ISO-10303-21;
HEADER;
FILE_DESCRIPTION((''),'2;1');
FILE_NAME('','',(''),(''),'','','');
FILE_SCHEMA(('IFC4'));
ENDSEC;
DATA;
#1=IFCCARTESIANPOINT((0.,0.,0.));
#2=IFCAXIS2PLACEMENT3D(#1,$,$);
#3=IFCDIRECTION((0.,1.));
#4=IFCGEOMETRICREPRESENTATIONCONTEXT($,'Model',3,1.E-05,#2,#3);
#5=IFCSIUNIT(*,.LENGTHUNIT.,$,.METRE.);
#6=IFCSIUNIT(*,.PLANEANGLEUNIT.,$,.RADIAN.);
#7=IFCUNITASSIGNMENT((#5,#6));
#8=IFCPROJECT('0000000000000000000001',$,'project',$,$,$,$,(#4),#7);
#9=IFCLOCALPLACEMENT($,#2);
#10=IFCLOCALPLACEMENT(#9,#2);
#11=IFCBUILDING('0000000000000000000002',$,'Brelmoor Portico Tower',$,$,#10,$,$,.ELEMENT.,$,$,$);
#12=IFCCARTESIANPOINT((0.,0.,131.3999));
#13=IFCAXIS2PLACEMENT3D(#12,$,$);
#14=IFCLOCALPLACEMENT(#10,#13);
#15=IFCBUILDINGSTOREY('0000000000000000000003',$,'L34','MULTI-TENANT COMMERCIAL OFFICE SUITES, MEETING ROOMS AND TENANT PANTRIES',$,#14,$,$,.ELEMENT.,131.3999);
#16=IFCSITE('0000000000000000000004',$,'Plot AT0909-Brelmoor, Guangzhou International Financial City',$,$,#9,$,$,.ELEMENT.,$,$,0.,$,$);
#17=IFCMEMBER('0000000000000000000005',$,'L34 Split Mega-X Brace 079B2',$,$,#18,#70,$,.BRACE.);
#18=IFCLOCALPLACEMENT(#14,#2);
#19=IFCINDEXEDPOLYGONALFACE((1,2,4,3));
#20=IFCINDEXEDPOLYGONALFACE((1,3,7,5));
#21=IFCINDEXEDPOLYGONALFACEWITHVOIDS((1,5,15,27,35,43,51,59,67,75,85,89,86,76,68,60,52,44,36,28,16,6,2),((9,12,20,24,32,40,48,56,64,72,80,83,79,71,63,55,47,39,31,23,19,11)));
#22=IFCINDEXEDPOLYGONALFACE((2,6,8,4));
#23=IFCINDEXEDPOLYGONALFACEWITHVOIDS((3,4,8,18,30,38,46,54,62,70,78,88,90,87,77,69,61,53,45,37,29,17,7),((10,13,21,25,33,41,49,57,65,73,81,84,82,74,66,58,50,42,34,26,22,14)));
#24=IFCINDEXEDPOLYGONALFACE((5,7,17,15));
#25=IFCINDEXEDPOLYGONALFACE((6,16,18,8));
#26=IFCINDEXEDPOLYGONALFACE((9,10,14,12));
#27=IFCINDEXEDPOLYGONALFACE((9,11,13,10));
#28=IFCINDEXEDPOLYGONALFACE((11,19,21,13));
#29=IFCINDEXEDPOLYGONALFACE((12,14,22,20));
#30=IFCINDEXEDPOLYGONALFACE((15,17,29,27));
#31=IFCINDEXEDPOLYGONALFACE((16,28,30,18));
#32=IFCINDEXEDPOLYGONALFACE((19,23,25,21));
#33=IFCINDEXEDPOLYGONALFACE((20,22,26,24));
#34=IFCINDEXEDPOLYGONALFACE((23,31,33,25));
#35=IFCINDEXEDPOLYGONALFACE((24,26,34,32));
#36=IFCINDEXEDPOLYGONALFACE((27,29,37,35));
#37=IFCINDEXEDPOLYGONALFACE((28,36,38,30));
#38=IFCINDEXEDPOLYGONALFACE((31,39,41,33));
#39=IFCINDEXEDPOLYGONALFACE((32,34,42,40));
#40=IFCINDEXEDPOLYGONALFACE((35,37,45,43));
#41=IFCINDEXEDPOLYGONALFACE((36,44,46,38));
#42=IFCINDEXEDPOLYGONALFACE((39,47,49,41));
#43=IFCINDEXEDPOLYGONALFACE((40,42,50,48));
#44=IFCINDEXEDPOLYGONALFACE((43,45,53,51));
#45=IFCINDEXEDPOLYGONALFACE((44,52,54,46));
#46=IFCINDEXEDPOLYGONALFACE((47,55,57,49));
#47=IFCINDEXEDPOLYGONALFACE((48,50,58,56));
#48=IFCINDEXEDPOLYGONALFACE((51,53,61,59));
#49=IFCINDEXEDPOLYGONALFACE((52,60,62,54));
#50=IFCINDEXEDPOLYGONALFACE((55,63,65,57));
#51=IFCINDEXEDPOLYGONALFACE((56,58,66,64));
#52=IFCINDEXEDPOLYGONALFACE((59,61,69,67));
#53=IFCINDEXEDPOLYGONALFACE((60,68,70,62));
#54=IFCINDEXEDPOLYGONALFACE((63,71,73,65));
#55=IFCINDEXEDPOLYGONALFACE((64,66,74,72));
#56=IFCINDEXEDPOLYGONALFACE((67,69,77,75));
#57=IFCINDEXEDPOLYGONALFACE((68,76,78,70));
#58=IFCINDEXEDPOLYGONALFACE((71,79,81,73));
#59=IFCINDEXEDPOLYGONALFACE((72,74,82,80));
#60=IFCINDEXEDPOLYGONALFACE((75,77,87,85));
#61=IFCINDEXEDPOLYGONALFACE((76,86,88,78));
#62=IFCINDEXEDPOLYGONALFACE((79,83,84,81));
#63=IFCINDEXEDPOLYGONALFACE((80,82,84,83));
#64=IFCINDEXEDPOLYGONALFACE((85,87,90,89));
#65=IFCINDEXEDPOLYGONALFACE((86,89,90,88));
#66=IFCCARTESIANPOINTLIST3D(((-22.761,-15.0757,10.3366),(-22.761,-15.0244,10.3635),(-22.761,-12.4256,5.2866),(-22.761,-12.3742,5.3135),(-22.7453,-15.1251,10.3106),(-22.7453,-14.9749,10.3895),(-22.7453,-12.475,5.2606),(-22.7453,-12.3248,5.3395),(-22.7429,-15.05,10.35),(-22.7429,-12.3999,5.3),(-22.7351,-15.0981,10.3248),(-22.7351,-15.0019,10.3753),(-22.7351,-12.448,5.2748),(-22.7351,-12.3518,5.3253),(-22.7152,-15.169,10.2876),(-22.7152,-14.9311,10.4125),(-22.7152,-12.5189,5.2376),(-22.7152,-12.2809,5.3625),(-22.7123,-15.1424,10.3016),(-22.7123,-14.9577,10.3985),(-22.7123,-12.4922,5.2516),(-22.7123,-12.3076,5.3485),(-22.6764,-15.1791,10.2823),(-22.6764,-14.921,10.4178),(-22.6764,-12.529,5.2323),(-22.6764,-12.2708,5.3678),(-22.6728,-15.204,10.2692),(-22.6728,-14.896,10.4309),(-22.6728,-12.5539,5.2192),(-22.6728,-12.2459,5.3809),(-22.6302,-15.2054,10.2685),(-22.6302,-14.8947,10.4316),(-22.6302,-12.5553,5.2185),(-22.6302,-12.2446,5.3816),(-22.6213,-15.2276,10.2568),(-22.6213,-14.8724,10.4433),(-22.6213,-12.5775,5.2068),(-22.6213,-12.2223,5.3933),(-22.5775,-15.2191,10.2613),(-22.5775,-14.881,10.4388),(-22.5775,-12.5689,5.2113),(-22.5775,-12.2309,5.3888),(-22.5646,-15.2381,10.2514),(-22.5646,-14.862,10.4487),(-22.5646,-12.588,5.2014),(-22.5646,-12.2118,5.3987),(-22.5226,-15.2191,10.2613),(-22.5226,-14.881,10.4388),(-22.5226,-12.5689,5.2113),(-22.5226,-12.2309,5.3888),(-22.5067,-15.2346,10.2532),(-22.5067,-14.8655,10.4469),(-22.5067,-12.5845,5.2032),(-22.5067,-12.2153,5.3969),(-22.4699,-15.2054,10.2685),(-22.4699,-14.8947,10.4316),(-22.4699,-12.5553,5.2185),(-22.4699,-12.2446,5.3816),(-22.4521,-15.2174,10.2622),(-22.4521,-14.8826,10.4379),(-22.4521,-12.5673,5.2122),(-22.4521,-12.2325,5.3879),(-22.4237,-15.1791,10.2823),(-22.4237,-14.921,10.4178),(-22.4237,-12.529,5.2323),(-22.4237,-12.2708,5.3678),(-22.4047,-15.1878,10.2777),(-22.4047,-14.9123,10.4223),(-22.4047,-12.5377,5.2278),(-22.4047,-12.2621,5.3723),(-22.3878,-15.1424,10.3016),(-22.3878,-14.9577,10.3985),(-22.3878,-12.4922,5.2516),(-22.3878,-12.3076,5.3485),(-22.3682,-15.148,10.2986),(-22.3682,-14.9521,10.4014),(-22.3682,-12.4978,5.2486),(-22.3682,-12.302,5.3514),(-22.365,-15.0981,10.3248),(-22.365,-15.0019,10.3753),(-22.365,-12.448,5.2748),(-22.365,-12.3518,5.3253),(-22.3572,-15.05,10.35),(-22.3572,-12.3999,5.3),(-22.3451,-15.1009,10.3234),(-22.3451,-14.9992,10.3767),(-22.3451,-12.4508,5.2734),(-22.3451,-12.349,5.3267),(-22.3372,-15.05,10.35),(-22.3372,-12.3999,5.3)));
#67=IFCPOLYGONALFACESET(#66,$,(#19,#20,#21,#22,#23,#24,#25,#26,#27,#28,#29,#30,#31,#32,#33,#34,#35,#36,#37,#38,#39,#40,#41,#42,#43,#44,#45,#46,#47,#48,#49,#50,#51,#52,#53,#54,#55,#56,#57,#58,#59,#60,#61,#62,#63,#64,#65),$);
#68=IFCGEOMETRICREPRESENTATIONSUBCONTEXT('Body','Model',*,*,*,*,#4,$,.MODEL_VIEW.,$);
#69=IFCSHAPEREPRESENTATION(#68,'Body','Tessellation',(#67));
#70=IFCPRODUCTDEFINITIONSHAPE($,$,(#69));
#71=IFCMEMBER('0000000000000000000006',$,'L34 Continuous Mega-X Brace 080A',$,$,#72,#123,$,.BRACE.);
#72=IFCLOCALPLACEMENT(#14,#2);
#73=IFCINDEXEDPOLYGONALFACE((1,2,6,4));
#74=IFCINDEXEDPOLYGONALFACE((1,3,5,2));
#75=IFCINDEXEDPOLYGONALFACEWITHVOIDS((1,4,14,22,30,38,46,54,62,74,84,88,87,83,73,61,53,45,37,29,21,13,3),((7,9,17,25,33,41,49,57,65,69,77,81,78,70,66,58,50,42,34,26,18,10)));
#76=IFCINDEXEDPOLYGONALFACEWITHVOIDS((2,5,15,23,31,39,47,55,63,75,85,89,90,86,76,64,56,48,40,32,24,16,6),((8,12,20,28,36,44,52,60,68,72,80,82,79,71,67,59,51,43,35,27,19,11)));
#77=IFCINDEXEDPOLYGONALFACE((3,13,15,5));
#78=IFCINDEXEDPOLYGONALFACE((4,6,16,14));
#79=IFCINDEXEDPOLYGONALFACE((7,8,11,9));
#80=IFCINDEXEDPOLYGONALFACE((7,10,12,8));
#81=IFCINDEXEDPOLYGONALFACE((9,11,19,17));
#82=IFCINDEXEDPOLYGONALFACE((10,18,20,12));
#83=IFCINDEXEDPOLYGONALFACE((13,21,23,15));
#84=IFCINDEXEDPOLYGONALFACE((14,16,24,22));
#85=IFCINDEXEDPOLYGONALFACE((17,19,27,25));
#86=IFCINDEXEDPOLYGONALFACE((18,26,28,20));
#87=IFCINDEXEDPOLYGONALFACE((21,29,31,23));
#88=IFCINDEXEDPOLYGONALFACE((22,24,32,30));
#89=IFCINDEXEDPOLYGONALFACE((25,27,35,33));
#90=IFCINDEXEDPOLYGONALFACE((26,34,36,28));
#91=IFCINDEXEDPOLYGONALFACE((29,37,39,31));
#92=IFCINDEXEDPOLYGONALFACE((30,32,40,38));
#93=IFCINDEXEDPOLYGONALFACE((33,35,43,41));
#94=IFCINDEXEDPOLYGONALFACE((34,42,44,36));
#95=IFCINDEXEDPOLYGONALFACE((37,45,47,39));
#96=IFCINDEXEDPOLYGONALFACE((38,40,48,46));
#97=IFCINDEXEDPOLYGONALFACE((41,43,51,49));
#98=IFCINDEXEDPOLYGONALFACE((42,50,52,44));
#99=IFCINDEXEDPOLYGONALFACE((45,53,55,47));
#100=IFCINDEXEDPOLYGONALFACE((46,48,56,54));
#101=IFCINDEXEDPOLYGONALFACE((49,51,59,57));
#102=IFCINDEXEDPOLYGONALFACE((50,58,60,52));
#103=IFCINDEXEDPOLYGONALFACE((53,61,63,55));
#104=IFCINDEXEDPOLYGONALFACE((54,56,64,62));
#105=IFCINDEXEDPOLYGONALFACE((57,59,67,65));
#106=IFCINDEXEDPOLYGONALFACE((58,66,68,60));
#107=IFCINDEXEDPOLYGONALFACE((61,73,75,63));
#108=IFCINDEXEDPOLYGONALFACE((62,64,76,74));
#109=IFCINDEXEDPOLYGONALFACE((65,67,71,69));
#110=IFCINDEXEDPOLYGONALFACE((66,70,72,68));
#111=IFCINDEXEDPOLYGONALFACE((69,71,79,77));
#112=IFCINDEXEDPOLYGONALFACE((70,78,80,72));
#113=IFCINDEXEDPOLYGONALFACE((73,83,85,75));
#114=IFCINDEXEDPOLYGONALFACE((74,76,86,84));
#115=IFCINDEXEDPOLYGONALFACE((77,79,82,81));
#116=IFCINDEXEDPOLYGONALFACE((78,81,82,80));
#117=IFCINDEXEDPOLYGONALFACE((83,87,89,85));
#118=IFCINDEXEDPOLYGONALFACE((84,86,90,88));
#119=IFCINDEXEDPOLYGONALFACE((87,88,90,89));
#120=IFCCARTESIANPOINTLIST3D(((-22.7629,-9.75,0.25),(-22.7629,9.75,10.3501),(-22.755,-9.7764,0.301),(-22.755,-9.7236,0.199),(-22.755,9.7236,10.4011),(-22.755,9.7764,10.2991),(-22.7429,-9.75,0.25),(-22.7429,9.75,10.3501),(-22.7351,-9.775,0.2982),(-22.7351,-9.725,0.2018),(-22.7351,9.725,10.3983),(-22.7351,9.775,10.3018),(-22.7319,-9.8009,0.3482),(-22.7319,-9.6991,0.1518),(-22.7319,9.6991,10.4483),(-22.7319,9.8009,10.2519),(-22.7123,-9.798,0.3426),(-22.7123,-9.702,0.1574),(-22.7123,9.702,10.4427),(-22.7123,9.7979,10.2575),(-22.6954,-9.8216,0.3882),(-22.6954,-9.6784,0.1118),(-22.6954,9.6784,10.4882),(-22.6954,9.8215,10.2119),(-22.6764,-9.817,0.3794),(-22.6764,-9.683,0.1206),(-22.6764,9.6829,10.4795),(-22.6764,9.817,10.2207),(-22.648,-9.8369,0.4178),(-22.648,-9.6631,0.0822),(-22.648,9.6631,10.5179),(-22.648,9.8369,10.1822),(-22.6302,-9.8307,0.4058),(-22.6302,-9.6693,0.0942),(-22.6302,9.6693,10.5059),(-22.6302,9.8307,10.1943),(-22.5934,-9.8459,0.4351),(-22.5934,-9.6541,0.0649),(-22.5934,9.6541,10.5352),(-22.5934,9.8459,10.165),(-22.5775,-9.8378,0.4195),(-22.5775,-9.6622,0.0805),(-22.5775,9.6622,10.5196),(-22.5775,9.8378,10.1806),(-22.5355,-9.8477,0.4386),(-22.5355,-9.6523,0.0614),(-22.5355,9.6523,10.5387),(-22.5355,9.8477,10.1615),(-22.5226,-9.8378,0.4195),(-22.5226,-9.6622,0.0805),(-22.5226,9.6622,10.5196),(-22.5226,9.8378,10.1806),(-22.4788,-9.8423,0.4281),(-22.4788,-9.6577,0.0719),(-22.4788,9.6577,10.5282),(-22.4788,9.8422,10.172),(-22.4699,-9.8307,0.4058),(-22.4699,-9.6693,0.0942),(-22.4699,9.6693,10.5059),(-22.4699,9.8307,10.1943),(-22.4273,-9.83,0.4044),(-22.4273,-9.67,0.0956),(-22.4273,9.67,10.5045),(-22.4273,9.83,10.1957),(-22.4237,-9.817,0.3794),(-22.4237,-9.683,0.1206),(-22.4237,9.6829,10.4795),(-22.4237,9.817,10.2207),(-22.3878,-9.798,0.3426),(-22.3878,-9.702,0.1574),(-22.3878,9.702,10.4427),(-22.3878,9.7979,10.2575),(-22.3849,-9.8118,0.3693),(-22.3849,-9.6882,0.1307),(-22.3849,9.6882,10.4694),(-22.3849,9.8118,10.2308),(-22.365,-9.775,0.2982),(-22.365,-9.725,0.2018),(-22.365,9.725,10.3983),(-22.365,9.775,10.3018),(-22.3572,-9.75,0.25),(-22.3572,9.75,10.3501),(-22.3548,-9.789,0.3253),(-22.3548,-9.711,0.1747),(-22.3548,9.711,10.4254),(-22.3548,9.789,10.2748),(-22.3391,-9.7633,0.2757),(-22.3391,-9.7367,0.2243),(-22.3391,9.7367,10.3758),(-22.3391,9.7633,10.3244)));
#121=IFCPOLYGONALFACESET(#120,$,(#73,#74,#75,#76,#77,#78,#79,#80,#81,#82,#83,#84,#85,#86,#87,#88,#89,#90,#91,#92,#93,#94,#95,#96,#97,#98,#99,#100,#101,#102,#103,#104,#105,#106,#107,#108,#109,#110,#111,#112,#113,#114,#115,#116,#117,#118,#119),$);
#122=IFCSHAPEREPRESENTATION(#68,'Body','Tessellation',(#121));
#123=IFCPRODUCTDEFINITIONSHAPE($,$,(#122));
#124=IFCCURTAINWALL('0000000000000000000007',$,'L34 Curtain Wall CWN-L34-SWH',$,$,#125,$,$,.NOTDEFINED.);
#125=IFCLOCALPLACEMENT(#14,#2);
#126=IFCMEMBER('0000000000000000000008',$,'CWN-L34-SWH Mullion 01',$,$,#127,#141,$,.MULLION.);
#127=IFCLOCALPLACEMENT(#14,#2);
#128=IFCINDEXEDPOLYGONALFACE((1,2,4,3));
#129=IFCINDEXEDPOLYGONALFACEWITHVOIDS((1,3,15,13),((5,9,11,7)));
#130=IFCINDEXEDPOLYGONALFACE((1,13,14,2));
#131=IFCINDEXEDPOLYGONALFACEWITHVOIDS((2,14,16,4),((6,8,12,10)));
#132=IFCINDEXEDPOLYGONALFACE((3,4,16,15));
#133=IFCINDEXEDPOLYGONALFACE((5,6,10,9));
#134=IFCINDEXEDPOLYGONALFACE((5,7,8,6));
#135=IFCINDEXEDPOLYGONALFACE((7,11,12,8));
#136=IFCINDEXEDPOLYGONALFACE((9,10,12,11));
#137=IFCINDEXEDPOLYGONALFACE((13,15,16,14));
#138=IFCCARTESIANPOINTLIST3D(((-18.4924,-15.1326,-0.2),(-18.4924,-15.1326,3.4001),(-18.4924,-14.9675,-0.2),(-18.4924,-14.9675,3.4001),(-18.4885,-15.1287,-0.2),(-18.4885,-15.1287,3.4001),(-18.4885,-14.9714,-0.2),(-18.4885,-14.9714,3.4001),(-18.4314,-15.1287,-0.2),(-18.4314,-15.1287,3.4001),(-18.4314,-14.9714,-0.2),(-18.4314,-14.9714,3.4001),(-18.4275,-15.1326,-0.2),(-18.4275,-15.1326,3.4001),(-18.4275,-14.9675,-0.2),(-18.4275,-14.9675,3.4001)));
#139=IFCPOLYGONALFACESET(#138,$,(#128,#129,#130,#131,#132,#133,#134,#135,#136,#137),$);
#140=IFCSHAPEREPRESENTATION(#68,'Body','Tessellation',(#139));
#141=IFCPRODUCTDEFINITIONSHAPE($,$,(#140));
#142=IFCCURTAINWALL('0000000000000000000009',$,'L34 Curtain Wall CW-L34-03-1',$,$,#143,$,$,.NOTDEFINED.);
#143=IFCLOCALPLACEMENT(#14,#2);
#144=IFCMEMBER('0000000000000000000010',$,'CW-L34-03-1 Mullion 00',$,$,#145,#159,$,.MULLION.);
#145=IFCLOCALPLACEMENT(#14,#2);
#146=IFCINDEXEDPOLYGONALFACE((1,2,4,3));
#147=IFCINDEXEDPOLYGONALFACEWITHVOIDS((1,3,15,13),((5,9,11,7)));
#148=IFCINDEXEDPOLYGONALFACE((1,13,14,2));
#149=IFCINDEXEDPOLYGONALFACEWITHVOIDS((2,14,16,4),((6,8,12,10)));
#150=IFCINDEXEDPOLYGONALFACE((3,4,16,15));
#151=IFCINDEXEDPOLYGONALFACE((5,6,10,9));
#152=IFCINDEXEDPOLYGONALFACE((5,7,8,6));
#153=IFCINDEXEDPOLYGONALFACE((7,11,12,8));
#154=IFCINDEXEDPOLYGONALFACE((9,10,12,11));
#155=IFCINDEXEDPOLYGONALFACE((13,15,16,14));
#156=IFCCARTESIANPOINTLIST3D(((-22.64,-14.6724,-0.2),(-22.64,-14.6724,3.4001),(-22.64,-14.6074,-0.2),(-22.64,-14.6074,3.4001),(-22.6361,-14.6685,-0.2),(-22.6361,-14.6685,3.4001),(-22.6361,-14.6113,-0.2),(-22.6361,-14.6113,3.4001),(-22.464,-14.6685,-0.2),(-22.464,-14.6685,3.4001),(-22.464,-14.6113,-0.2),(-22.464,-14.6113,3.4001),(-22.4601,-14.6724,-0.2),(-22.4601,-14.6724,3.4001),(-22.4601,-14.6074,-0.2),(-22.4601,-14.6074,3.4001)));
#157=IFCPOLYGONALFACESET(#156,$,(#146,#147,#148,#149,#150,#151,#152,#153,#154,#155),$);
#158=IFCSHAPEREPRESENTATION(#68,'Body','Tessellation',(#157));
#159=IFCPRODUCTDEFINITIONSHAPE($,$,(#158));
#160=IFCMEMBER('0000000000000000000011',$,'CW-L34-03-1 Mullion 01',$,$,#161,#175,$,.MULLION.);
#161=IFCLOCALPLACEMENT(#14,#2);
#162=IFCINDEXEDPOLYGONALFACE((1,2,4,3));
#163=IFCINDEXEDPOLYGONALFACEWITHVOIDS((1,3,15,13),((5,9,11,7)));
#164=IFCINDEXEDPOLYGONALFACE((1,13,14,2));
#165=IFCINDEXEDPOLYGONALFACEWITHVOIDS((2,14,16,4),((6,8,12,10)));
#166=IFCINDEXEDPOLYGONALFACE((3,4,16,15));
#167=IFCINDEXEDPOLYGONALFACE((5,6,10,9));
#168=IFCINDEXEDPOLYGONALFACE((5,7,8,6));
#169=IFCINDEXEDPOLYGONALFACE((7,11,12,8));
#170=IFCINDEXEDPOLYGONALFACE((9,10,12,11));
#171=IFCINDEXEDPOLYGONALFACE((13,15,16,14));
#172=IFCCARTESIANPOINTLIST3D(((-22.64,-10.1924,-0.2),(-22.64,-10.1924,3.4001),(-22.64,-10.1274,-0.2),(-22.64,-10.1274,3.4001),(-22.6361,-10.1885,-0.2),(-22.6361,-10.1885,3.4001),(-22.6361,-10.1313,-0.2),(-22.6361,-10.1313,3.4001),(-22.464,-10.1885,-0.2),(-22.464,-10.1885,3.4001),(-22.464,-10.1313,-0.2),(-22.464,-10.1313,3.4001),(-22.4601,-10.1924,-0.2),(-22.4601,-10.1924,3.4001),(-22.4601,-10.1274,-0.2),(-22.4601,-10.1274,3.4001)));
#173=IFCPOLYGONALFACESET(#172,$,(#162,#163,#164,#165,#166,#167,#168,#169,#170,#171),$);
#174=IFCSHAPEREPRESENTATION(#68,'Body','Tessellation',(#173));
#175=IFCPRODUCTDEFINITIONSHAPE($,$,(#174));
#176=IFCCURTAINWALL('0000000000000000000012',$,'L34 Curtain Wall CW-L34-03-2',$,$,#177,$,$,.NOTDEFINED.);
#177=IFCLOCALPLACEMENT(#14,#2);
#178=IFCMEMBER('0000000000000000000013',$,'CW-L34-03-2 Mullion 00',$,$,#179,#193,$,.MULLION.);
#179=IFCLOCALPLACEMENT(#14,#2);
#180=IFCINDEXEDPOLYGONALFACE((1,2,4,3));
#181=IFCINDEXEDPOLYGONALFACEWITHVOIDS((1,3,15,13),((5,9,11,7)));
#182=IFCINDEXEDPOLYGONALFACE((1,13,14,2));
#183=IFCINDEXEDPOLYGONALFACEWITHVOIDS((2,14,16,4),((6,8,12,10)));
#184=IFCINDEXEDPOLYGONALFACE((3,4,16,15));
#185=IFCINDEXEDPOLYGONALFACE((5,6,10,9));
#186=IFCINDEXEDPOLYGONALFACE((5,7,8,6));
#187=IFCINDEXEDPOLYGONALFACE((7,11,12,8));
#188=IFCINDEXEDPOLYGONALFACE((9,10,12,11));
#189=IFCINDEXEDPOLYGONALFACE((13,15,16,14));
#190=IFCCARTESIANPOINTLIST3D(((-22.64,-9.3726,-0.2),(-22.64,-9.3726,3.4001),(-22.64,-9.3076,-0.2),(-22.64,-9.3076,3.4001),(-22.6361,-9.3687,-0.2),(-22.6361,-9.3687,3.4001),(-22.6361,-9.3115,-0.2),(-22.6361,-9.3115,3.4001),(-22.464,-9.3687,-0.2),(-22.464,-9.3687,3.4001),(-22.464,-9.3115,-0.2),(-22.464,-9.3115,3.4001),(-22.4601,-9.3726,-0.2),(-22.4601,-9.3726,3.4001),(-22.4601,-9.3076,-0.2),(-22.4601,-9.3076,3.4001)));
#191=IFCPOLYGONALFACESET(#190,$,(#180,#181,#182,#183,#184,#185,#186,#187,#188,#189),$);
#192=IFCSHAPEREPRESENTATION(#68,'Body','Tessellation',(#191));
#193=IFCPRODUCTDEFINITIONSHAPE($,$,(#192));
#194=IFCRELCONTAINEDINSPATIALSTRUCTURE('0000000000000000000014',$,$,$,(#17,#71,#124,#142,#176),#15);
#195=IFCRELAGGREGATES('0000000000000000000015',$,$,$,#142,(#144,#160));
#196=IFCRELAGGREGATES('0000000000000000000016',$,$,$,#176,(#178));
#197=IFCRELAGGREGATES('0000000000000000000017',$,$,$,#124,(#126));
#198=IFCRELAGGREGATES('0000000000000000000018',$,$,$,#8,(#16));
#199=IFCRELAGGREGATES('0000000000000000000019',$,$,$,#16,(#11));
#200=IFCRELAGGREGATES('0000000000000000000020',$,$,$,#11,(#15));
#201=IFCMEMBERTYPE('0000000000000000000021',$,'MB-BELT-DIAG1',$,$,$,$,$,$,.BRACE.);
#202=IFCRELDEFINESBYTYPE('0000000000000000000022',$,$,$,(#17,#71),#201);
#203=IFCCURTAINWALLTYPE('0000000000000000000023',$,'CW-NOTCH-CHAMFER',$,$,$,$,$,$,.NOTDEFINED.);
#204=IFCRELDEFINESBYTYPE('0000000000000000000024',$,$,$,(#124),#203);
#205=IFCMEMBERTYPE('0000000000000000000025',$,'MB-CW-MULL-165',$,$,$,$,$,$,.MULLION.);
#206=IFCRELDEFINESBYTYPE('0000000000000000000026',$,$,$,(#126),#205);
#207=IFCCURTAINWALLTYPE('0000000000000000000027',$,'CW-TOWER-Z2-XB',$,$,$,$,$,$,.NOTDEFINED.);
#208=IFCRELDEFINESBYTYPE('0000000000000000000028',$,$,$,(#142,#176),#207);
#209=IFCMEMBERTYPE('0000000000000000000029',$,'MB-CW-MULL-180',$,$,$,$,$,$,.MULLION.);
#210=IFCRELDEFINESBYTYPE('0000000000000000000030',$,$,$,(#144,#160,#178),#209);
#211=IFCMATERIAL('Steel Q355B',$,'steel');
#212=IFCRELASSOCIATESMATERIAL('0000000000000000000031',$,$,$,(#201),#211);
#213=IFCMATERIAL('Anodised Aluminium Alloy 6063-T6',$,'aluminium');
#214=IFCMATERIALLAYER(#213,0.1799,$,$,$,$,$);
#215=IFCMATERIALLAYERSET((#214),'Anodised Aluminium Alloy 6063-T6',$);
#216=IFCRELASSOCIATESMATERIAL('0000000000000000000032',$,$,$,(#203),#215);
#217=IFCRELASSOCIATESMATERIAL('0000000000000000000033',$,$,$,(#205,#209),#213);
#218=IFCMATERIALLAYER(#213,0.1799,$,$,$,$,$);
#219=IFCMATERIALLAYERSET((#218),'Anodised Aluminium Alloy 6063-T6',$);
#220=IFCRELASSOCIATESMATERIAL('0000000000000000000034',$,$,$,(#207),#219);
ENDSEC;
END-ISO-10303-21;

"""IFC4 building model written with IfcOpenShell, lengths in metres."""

from ifc_helpers import new_model, si_unit, direction, frame, origin, origin_2d, place, context, subcontext, project, spatial, hollow_rectangle, hollow_circle, extrude, material, layer, layer_set, material_profile, profile_set, type_object, element, aggregate, save


model = new_model("IFC4")

# Units and contexts
model_context = context("Model", 3, precision=1e-05, world=origin(), true_north=direction((0.0, 1.0)))
body_context = subcontext(model_context, "Body", "Model", "MODEL_VIEW")
ifc_project = project(units=[si_unit("LENGTHUNIT", "METRE"), si_unit("PLANEANGLEUNIT", "RADIAN")], contexts=[model_context])

# Site, building, storey
site_placement = place(None, origin())
site = spatial("IfcSite", under=ifc_project, at=site_placement, Name="Plot AT0909-Brelmoor, Guangzhou International Financial City", CompositionType="ELEMENT", RefElevation=0.0)
building_placement = place(site_placement, origin())
building = spatial("IfcBuilding", under=site, at=building_placement, Name="Brelmoor Portico Tower", CompositionType="ELEMENT")
storey_placement = place(building_placement, frame((0.0, 0.0, 131.3999)))
storey = spatial("IfcBuildingStorey", under=building, at=storey_placement, Name="L34", Description="MULTI-TENANT COMMERCIAL OFFICE SUITES, MEETING ROOMS AND TENANT PANTRIES", CompositionType="ELEMENT", Elevation=131.3999)

# Shared definitions
ifc_material_1 = material(Name="Steel Q355B", Category="steel")

# Members
ifc_material_profile_1 = material_profile(ifc_material_1, hollow_circle(Radius=0.2129, WallThickness=0.02, at=origin_2d()), Name="CHS 426x20")
ifc_profile_set_1 = profile_set([ifc_material_profile_1], Name="Steel Q355B")
member_type_1 = type_object("IfcMemberType", Name="MB-BELT-DIAG1", PredefinedType="BRACE", material=ifc_profile_set_1)
for number, where, z_axis, x_axis, name in (
    (1, (-22.55, -12.3999, 5.3), (0.0, -0.464679, 0.885479), (1.0, 0.0, 0.0), "L34 Split Mega-X Brace 079B2"),
):
    element("IfcMember", number, at=place(storey_placement, frame(where, z_axis=z_axis, x_axis=x_axis)), inside=storey, type_object=member_type_1, Name=name, PredefinedType="BRACE", context=body_context, shape_type="SweptSolid", body=[
        extrude(hollow_circle(Radius=0.2129, WallThickness=0.02, at=origin_2d()), origin(), (0.0, 0.0, 1.0), 5.7031),
    ])
member_1_placement = place(storey_placement, frame((-22.55, -9.75, 0.25), z_axis=(0.0, 0.887959, 0.459922), x_axis=(-1.0, 0.0, 0.0)))
element("IfcMember", 2, at=member_1_placement, inside=storey, type_object=member_type_1, Name="L34 Continuous Mega-X Brace 080A", PredefinedType="BRACE", context=body_context, shape_type="SweptSolid", body=[
    extrude(hollow_circle(Radius=0.2129, WallThickness=0.02, at=origin_2d()), origin(), (0.0, 0.0, 1.0), 21.9604),
])

# Curtain wall, member
ifc_material_2 = material(Name="Anodised Aluminium Alloy 6063-T6", Category="aluminium")
ifc_layer_1 = layer(ifc_material_2, 0.1799)
ifc_layer_set_1 = layer_set([ifc_layer_1], Name="Anodised Aluminium Alloy 6063-T6")
curtain_wall_type_1 = type_object("IfcCurtainWallType", Name="CW-NOTCH-CHAMFER", PredefinedType="NOTDEFINED", material=ifc_layer_set_1)
curtain_wall_1_placement = place(storey_placement, origin())
curtain_wall_1 = element("IfcCurtainWall", 3, at=curtain_wall_1_placement, inside=storey, type_object=curtain_wall_type_1, Name="L34 Curtain Wall CWN-L34-SWH", PredefinedType="NOTDEFINED")
ifc_material_profile_2 = material_profile(ifc_material_2, hollow_rectangle(XDim=0.0649, YDim=0.165, WallThickness=0.0039, at=origin_2d()), Name="ALU MULLION 65x165")
ifc_profile_set_2 = profile_set([ifc_material_profile_2], Name="Anodised Aluminium Alloy 6063-T6")
member_type_2 = type_object("IfcMemberType", Name="MB-CW-MULL-165", PredefinedType="MULLION", material=ifc_profile_set_2)
member_2_placement = place(storey_placement, frame((-18.46, -15.05, -0.2), z_axis=(0.0, 0.0, 1.0), x_axis=(1.0, 0.0, 0.0)))
member_2 = element("IfcMember", 4, at=member_2_placement, type_object=member_type_2, Name="CWN-L34-SWH Mullion 01", PredefinedType="MULLION", context=body_context, shape_type="SweptSolid", body=[
    extrude(hollow_rectangle(XDim=0.0649, YDim=0.165, WallThickness=0.0039, at=origin_2d()), origin(), (0.0, 0.0, 1.0), 3.6001),
])

# Curtain wall, members
ifc_layer_2 = layer(ifc_material_2, 0.1799)
ifc_layer_set_2 = layer_set([ifc_layer_2], Name="Anodised Aluminium Alloy 6063-T6")
curtain_wall_type_2 = type_object("IfcCurtainWallType", Name="CW-TOWER-Z2-XB", PredefinedType="NOTDEFINED", material=ifc_layer_set_2)
curtain_wall_2_placement = place(storey_placement, origin())
curtain_wall_2 = element("IfcCurtainWall", 5, at=curtain_wall_2_placement, inside=storey, type_object=curtain_wall_type_2, Name="L34 Curtain Wall CW-L34-03-1", PredefinedType="NOTDEFINED")
ifc_material_profile_3 = material_profile(ifc_material_2, hollow_rectangle(XDim=0.0649, YDim=0.1799, WallThickness=0.0039, at=origin_2d()), Name="ALU MULLION 65x180")
ifc_profile_set_3 = profile_set([ifc_material_profile_3], Name="Anodised Aluminium Alloy 6063-T6")
member_type_3 = type_object("IfcMemberType", Name="MB-CW-MULL-180", PredefinedType="MULLION", material=ifc_profile_set_3)
member_3_placement = place(storey_placement, frame((-22.55, -14.6399, -0.2), z_axis=(0.0, 0.0, 1.0), x_axis=(0.0, 1.0, 0.0)))
member_3 = element("IfcMember", 6, at=member_3_placement, type_object=member_type_3, Name="CW-L34-03-1 Mullion 00", PredefinedType="MULLION", context=body_context, shape_type="SweptSolid", body=[
    extrude(hollow_rectangle(XDim=0.0649, YDim=0.1799, WallThickness=0.0039, at=origin_2d()), origin(), (0.0, 0.0, 1.0), 3.6001),
])
member_4_placement = place(storey_placement, frame((-22.55, -10.1599, -0.2), z_axis=(0.0, 0.0, 1.0), x_axis=(0.0, 1.0, 0.0)))
member_4 = element("IfcMember", 7, at=member_4_placement, type_object=member_type_3, Name="CW-L34-03-1 Mullion 01", PredefinedType="MULLION", context=body_context, shape_type="SweptSolid", body=[
    extrude(hollow_rectangle(XDim=0.0649, YDim=0.1799, WallThickness=0.0039, at=origin_2d()), origin(), (0.0, 0.0, 1.0), 3.6001),
])

# Curtain wall, member
curtain_wall_3_placement = place(storey_placement, origin())
curtain_wall_3 = element("IfcCurtainWall", 8, at=curtain_wall_3_placement, inside=storey, type_object=curtain_wall_type_2, Name="L34 Curtain Wall CW-L34-03-2", PredefinedType="NOTDEFINED")
member_5_placement = place(storey_placement, frame((-22.55, -9.3401, -0.2), z_axis=(0.0, 0.0, 1.0), x_axis=(0.0, 1.0, 0.0)))
member_5 = element("IfcMember", 9, at=member_5_placement, type_object=member_type_3, Name="CW-L34-03-2 Mullion 00", PredefinedType="MULLION", context=body_context, shape_type="SweptSolid", body=[
    extrude(hollow_rectangle(XDim=0.0649, YDim=0.1799, WallThickness=0.0039, at=origin_2d()), origin(), (0.0, 0.0, 1.0), 3.6001),
])

aggregate(curtain_wall_2, [member_3, member_4])
aggregate(curtain_wall_3, [member_5])
aggregate(curtain_wall_1, [member_2])

save(model, "model.ifc")
